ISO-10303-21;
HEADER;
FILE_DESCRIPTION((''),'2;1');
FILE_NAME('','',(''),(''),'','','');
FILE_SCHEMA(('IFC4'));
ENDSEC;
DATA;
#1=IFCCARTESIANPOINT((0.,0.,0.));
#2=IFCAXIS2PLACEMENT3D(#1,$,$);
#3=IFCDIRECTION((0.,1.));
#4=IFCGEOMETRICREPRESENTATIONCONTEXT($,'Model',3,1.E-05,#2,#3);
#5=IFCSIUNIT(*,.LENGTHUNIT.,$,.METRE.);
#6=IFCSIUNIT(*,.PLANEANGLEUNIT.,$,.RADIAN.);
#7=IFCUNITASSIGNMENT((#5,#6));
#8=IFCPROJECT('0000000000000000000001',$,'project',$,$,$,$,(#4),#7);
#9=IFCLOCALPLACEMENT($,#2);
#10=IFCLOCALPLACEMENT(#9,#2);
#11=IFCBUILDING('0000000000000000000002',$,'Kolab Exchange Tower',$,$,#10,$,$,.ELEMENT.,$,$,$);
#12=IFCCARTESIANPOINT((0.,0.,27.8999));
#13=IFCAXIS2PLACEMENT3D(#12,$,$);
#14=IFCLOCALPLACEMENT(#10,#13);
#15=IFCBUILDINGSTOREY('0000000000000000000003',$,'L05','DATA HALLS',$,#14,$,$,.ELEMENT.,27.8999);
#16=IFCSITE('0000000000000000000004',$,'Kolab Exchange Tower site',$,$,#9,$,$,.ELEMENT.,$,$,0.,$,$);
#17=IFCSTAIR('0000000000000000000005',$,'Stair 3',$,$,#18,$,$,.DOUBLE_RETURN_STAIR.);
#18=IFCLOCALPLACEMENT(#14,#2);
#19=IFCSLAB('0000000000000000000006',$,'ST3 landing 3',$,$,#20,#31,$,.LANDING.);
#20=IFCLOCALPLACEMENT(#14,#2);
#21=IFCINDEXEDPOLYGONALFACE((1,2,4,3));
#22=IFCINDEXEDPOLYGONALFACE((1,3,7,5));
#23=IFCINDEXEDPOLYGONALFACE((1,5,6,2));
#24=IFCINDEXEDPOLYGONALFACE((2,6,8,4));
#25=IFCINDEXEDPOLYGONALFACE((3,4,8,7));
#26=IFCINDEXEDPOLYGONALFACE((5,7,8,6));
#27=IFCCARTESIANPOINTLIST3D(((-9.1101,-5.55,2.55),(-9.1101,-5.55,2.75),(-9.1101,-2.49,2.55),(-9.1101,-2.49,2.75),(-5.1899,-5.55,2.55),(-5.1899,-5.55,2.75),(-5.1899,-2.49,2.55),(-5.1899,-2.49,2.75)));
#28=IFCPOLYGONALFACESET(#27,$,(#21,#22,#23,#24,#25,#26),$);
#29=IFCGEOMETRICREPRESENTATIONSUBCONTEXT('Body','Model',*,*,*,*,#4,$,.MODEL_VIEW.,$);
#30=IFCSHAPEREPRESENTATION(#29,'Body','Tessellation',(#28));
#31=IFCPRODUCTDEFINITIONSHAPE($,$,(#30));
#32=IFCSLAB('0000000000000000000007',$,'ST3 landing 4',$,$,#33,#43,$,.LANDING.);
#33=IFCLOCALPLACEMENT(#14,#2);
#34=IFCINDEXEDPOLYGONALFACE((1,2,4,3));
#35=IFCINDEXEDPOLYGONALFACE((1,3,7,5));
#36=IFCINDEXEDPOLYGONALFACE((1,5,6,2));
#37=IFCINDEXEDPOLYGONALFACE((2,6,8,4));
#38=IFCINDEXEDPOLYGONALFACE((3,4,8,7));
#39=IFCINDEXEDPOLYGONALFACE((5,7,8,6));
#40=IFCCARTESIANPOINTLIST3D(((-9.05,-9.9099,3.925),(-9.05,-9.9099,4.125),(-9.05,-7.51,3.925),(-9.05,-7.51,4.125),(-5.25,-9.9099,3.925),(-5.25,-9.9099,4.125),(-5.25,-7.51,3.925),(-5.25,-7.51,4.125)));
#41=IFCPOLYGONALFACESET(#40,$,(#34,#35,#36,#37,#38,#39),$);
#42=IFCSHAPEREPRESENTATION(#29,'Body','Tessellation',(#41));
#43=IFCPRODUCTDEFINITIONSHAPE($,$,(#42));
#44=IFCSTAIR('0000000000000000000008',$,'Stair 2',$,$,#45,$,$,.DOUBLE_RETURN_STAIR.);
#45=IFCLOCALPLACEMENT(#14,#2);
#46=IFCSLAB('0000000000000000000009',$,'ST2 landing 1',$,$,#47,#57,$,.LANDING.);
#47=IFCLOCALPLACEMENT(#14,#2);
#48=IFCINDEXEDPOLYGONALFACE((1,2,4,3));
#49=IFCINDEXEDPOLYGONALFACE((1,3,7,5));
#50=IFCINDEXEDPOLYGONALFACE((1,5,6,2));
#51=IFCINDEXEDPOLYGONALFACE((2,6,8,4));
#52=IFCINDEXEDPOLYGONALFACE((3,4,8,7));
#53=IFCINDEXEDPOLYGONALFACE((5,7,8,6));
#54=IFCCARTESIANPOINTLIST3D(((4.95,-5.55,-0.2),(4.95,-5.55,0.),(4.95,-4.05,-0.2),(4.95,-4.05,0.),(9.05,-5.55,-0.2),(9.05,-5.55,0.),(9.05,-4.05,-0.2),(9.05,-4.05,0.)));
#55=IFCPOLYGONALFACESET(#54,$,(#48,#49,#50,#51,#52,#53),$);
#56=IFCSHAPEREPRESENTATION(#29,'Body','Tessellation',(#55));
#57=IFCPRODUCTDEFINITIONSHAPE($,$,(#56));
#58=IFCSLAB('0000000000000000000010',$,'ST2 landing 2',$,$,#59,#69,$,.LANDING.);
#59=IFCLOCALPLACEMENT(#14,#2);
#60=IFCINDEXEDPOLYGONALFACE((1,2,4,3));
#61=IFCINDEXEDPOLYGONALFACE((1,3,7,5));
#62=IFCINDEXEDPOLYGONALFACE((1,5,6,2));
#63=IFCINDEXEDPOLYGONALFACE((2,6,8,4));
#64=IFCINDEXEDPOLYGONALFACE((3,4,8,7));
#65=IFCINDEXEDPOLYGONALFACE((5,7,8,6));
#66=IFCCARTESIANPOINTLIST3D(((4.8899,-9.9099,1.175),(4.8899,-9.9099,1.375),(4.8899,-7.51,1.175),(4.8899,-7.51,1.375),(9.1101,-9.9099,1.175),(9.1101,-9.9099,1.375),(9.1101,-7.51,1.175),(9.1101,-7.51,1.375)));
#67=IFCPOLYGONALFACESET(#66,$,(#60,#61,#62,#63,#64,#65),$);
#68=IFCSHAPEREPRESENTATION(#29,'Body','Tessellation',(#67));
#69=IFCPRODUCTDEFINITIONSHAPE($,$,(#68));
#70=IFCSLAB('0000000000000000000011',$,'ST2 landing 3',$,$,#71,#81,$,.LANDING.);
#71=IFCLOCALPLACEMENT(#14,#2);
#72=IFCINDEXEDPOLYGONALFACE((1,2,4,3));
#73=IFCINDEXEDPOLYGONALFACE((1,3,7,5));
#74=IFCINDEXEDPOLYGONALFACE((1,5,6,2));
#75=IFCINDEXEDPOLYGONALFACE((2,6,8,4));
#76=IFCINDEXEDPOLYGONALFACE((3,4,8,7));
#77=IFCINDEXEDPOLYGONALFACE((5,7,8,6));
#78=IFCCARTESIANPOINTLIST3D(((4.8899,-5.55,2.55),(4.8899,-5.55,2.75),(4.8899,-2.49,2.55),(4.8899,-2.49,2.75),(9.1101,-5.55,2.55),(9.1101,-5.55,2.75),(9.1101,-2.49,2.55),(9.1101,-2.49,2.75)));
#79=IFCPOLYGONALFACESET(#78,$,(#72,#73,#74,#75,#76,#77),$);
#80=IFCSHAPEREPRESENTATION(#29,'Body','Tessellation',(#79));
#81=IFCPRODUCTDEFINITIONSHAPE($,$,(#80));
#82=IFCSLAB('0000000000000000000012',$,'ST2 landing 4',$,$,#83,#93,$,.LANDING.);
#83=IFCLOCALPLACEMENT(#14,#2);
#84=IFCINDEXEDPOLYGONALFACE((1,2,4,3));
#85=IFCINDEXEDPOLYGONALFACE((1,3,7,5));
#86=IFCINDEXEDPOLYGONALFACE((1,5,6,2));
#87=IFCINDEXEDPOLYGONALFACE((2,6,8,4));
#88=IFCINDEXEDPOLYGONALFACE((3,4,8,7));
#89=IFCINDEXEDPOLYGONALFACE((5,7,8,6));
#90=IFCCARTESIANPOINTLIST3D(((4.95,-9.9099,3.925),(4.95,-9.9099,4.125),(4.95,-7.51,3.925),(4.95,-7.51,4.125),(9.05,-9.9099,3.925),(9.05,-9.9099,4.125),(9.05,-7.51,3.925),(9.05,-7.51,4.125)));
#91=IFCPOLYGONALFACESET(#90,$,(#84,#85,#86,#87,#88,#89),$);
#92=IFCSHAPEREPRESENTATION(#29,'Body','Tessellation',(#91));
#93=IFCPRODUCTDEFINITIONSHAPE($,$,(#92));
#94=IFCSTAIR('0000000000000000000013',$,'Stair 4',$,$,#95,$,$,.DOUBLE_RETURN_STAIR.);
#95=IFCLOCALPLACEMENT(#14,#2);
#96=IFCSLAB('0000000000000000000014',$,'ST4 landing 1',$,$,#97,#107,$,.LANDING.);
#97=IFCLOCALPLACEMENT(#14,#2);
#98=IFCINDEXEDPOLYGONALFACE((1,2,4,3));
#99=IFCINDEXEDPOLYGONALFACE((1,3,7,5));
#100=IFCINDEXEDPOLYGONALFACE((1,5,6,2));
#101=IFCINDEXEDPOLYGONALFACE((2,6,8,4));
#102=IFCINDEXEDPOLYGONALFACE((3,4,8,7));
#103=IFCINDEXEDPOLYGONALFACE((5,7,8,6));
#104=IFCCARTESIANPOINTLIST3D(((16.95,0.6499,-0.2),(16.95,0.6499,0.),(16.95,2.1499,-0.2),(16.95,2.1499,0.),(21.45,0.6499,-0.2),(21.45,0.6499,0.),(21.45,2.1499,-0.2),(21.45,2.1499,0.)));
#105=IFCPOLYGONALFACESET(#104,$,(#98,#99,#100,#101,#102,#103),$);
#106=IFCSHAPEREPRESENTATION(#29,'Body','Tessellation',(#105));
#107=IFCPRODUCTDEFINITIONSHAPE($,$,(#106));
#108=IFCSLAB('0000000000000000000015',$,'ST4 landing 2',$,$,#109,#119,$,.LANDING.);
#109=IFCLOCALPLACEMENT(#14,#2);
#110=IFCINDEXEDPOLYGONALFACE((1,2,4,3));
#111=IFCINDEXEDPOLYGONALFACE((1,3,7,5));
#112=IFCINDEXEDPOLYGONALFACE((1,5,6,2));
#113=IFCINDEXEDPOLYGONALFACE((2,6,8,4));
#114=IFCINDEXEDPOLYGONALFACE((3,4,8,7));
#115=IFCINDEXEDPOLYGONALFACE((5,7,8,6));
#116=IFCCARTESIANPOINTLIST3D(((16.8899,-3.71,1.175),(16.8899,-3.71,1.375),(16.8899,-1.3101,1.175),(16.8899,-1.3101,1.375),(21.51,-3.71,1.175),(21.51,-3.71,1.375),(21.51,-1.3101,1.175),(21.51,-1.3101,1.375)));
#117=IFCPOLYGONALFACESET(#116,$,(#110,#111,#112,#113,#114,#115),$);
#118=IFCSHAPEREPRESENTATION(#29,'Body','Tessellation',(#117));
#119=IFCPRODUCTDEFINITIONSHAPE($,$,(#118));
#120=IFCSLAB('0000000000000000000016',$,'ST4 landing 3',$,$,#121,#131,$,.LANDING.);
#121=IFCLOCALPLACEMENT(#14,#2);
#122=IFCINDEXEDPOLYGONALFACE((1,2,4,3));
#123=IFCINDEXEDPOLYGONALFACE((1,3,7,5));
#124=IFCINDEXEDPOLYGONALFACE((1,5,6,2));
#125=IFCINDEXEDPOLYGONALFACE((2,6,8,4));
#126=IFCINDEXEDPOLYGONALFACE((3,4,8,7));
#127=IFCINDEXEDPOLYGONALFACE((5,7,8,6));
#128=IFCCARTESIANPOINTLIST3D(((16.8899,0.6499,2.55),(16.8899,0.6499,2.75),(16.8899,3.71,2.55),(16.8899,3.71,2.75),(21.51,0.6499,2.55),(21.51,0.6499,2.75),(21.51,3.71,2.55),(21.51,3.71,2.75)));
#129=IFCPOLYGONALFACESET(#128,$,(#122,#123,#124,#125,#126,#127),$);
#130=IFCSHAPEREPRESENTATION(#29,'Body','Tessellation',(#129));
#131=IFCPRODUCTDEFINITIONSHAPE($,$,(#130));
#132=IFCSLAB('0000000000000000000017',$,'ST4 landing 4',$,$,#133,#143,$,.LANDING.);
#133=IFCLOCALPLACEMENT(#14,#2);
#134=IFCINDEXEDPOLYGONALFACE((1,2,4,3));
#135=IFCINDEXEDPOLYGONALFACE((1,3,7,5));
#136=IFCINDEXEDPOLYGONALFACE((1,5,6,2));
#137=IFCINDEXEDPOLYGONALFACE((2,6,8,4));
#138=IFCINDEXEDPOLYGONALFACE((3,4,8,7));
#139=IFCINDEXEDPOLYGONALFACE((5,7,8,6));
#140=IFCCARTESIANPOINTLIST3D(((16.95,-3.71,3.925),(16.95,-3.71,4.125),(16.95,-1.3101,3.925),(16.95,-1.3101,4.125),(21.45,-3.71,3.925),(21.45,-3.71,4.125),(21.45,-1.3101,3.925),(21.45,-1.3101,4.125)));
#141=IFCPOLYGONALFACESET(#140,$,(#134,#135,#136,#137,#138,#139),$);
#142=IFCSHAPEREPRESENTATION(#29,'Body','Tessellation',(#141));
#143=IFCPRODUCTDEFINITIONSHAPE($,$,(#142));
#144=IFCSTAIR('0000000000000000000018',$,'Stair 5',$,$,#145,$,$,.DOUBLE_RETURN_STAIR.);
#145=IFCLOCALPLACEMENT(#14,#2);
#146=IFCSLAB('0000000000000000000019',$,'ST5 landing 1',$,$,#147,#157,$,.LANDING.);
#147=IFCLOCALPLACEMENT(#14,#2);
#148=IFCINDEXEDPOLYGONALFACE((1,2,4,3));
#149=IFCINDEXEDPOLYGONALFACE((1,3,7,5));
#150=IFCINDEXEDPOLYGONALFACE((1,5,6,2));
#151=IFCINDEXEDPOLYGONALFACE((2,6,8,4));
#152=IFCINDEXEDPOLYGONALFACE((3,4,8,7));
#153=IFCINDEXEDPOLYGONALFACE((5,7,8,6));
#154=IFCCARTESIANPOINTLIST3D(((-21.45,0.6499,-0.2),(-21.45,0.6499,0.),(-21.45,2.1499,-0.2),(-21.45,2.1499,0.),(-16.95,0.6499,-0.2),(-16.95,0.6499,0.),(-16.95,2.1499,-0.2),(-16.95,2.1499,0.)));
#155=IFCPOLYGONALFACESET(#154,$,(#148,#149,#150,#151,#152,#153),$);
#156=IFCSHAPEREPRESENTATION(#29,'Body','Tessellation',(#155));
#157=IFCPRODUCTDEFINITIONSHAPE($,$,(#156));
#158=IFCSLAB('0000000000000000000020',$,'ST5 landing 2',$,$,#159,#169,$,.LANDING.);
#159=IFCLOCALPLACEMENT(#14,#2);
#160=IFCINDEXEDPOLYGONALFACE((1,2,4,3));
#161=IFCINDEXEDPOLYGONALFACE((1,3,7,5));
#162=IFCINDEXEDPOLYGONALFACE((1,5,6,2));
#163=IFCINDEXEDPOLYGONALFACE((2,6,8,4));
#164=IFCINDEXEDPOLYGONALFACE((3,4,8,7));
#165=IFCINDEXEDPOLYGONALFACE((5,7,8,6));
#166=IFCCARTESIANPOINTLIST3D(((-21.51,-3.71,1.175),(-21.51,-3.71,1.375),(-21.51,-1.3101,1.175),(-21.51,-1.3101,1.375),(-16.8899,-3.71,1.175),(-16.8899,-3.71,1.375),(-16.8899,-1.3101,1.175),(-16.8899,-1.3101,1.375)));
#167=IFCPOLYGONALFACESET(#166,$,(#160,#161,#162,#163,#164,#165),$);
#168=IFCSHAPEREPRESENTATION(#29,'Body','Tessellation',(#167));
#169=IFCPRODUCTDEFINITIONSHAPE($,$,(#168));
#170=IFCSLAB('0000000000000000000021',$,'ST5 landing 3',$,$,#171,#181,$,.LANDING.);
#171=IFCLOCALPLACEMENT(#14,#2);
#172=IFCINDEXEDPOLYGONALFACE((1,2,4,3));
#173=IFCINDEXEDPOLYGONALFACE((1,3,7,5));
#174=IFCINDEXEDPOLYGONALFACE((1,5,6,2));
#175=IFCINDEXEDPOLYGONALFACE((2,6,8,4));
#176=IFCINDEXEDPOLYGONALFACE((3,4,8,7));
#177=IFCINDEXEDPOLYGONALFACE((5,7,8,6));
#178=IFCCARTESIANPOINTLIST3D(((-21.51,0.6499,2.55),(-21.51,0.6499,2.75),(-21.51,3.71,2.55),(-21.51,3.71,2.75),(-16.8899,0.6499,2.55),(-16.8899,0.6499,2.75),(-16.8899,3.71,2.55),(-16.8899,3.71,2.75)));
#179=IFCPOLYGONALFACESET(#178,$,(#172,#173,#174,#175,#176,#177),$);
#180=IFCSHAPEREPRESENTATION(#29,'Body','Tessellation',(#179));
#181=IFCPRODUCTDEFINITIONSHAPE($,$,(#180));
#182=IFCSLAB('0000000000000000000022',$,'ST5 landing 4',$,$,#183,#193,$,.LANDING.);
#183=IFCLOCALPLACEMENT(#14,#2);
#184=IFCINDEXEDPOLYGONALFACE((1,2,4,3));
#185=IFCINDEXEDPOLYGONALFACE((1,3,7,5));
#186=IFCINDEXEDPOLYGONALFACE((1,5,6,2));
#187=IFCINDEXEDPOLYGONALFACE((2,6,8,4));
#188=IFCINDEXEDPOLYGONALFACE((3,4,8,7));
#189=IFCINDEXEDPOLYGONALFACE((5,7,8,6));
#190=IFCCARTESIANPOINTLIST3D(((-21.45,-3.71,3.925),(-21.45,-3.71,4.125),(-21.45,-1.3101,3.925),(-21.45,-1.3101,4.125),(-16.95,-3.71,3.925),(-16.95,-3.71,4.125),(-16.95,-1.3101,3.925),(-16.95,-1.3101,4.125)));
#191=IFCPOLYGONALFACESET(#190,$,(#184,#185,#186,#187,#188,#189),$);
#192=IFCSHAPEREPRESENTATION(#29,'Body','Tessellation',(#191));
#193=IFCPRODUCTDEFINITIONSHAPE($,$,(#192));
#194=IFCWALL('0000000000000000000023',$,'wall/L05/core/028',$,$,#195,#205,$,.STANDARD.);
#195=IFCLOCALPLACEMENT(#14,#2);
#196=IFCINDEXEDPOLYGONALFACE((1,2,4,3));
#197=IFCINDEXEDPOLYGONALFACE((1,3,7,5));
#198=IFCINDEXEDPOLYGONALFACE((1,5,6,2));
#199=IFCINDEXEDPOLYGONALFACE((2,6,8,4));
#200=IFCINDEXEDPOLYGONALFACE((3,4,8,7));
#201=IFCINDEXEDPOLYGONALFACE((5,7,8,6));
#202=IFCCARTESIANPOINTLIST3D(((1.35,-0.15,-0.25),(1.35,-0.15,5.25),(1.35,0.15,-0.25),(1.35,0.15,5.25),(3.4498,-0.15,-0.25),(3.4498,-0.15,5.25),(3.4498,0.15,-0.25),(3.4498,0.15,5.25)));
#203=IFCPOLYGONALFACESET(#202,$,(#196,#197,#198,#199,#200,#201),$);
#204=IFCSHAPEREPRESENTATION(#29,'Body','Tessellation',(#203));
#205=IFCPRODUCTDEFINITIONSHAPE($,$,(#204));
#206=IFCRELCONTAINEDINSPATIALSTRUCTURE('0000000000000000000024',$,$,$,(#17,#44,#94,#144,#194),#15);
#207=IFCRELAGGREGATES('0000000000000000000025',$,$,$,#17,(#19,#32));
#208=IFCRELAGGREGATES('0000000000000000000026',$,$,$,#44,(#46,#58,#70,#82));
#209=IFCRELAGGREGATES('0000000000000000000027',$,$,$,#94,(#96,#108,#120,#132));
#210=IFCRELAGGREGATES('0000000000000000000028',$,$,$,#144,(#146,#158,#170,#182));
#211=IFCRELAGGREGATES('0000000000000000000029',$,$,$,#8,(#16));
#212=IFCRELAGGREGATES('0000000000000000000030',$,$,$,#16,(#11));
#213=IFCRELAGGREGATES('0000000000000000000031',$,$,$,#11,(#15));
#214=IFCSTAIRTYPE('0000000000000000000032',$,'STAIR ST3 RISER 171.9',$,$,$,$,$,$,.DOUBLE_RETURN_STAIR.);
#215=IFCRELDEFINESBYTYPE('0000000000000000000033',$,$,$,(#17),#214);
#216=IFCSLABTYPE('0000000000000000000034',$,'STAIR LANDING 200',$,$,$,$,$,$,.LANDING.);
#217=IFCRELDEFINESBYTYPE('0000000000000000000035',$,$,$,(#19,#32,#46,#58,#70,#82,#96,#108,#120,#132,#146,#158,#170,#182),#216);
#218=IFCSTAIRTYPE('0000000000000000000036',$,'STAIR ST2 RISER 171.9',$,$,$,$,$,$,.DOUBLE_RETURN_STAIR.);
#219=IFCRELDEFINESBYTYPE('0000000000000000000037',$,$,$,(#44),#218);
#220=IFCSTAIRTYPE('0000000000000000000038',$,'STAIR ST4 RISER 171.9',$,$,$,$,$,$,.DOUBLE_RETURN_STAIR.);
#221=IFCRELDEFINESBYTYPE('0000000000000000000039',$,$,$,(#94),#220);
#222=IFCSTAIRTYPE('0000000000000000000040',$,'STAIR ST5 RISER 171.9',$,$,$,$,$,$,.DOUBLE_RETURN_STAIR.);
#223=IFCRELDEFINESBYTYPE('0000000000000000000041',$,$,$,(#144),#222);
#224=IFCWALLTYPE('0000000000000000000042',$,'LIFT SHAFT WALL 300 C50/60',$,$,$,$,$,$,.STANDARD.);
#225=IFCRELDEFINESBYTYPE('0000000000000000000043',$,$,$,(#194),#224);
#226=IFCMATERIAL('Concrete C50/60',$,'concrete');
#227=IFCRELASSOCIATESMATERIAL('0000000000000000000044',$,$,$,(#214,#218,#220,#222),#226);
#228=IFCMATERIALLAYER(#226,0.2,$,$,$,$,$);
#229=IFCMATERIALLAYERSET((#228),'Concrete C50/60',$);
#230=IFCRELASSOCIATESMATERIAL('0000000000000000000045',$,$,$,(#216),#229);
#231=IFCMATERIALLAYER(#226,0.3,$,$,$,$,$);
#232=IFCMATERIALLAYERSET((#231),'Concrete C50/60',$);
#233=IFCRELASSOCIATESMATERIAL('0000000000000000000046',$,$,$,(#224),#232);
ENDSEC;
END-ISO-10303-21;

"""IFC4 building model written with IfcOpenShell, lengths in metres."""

from ifc_helpers import new_model, si_unit, direction, frame, frame_2d, origin, place, context, subcontext, project, spatial, polyline, rectangle, outline, extrude, material, layer, layer_set, type_object, element, aggregate, save


model = new_model("IFC4")

# Units and contexts
model_context = context("Model", 3, precision=1e-05, world=origin(), true_north=direction((0.0, 1.0)))
body_context = subcontext(model_context, "Body", "Model", "MODEL_VIEW")
ifc_project = project(units=[si_unit("LENGTHUNIT", "METRE"), si_unit("PLANEANGLEUNIT", "RADIAN")], contexts=[model_context])

# Site, building, storey
site_placement = place(None, origin())
site = spatial("IfcSite", under=ifc_project, at=site_placement, Name="Kolab Exchange Tower site", CompositionType="ELEMENT", RefElevation=0.0)
building_placement = place(site_placement, origin())
building = spatial("IfcBuilding", under=site, at=building_placement, Name="Kolab Exchange Tower", CompositionType="ELEMENT")
storey_placement = place(building_placement, frame((0.0, 0.0, 27.8999)))
storey = spatial("IfcBuildingStorey", under=building, at=storey_placement, Name="L05", Description="DATA HALLS", CompositionType="ELEMENT", Elevation=27.8999)

# Stairs, slabs
ifc_material_1 = material(Name="Concrete C50/60", Category="concrete")
stair_type_1 = type_object("IfcStairType", Name="STAIR ST3 RISER 171.9", PredefinedType="DOUBLE_RETURN_STAIR", material=ifc_material_1)
stair_1_placement = place(storey_placement, origin())
stair_1 = element("IfcStair", 1, at=stair_1_placement, inside=storey, type_object=stair_type_1, Name="Stair 3", PredefinedType="DOUBLE_RETURN_STAIR")
ifc_layer_1 = layer(ifc_material_1, 0.2)
ifc_layer_set_1 = layer_set([ifc_layer_1], Name="Concrete C50/60")
slab_type = type_object("IfcSlabType", Name="STAIR LANDING 200", PredefinedType="LANDING", material=ifc_layer_set_1)
slab_1_placement = place(storey_placement, frame((0.0, 0.0, 2.55)))
slab_1 = element("IfcSlab", 2, at=slab_1_placement, type_object=slab_type, Name="ST3 landing 3", PredefinedType="LANDING", context=body_context, shape_type="SweptSolid", body=[
    extrude(outline(polyline([(-9.1101, -5.55), (-5.1899, -5.55), (-5.1899, -2.49), (-9.1101, -2.49), (-9.1101, -5.55)])), origin(), (0.0, 0.0, 1.0), 0.2),
])
slab_2_placement = place(storey_placement, frame((0.0, 0.0, 3.925)))
slab_2 = element("IfcSlab", 3, at=slab_2_placement, type_object=slab_type, Name="ST3 landing 4", PredefinedType="LANDING", context=body_context, shape_type="SweptSolid", body=[
    extrude(outline(polyline([(-9.05, -9.9099), (-5.25, -9.9099), (-5.25, -7.51), (-9.05, -7.51), (-9.05, -9.9099)])), origin(), (0.0, 0.0, 1.0), 0.2),
])
aggregate(stair_1, [slab_1, slab_2])
stair_type_2 = type_object("IfcStairType", Name="STAIR ST2 RISER 171.9", PredefinedType="DOUBLE_RETURN_STAIR", material=ifc_material_1)
stair_2_placement = place(storey_placement, origin())
stair_2 = element("IfcStair", 4, at=stair_2_placement, inside=storey, type_object=stair_type_2, Name="Stair 2", PredefinedType="DOUBLE_RETURN_STAIR")
slab_3_placement = place(storey_placement, frame((0.0, 0.0, -0.2)))
slab_3 = element("IfcSlab", 5, at=slab_3_placement, type_object=slab_type, Name="ST2 landing 1", PredefinedType="LANDING", context=body_context, shape_type="SweptSolid", body=[
    extrude(outline(polyline([(4.95, -5.55), (9.05, -5.55), (9.05, -4.05), (4.95, -4.05), (4.95, -5.55)])), origin(), (0.0, 0.0, 1.0), 0.2),
])
slab_4_placement = place(storey_placement, frame((0.0, 0.0, 1.175)))
slab_4 = element("IfcSlab", 6, at=slab_4_placement, type_object=slab_type, Name="ST2 landing 2", PredefinedType="LANDING", context=body_context, shape_type="SweptSolid", body=[
    extrude(outline(polyline([(4.8899, -9.9099), (9.1101, -9.9099), (9.1101, -7.51), (4.8899, -7.51), (4.8899, -9.9099)])), origin(), (0.0, 0.0, 1.0), 0.2),
])
slab_5_placement = place(storey_placement, frame((0.0, 0.0, 2.55)))
slab_5 = element("IfcSlab", 7, at=slab_5_placement, type_object=slab_type, Name="ST2 landing 3", PredefinedType="LANDING", context=body_context, shape_type="SweptSolid", body=[
    extrude(outline(polyline([(4.8899, -5.55), (9.1101, -5.55), (9.1101, -2.49), (4.8899, -2.49), (4.8899, -5.55)])), origin(), (0.0, 0.0, 1.0), 0.2),
])
slab_6_placement = place(storey_placement, frame((0.0, 0.0, 3.925)))
slab_6 = element("IfcSlab", 8, at=slab_6_placement, type_object=slab_type, Name="ST2 landing 4", PredefinedType="LANDING", context=body_context, shape_type="SweptSolid", body=[
    extrude(outline(polyline([(4.95, -9.9099), (9.05, -9.9099), (9.05, -7.51), (4.95, -7.51), (4.95, -9.9099)])), origin(), (0.0, 0.0, 1.0), 0.2),
])
aggregate(stair_2, [slab_3, slab_4, slab_5, slab_6])
stair_type_3 = type_object("IfcStairType", Name="STAIR ST4 RISER 171.9", PredefinedType="DOUBLE_RETURN_STAIR", material=ifc_material_1)
stair_3_placement = place(storey_placement, origin())
stair_3 = element("IfcStair", 9, at=stair_3_placement, inside=storey, type_object=stair_type_3, Name="Stair 4", PredefinedType="DOUBLE_RETURN_STAIR")
slab_7_placement = place(storey_placement, frame((0.0, 0.0, -0.2)))
slab_7 = element("IfcSlab", 10, at=slab_7_placement, type_object=slab_type, Name="ST4 landing 1", PredefinedType="LANDING", context=body_context, shape_type="SweptSolid", body=[
    extrude(outline(polyline([(16.95, 0.6499), (21.45, 0.6499), (21.45, 2.1499), (16.95, 2.1499), (16.95, 0.6499)])), origin(), (0.0, 0.0, 1.0), 0.2),
])
slab_8_placement = place(storey_placement, frame((0.0, 0.0, 1.175)))
slab_8 = element("IfcSlab", 11, at=slab_8_placement, type_object=slab_type, Name="ST4 landing 2", PredefinedType="LANDING", context=body_context, shape_type="SweptSolid", body=[
    extrude(outline(polyline([(16.8899, -3.71), (21.51, -3.71), (21.51, -1.3101), (16.8899, -1.3101), (16.8899, -3.71)])), origin(), (0.0, 0.0, 1.0), 0.2),
])
slab_9_placement = place(storey_placement, frame((0.0, 0.0, 2.55)))
slab_9 = element("IfcSlab", 12, at=slab_9_placement, type_object=slab_type, Name="ST4 landing 3", PredefinedType="LANDING", context=body_context, shape_type="SweptSolid", body=[
    extrude(outline(polyline([(16.8899, 0.6499), (21.51, 0.6499), (21.51, 3.71), (16.8899, 3.71), (16.8899, 0.6499)])), origin(), (0.0, 0.0, 1.0), 0.2),
])
slab_10_placement = place(storey_placement, frame((0.0, 0.0, 3.925)))
slab_10 = element("IfcSlab", 13, at=slab_10_placement, type_object=slab_type, Name="ST4 landing 4", PredefinedType="LANDING", context=body_context, shape_type="SweptSolid", body=[
    extrude(outline(polyline([(16.95, -3.71), (21.45, -3.71), (21.45, -1.3101), (16.95, -1.3101), (16.95, -3.71)])), origin(), (0.0, 0.0, 1.0), 0.2),
])
aggregate(stair_3, [slab_7, slab_8, slab_9, slab_10])
stair_type_4 = type_object("IfcStairType", Name="STAIR ST5 RISER 171.9", PredefinedType="DOUBLE_RETURN_STAIR", material=ifc_material_1)
stair_4_placement = place(storey_placement, origin())
stair_4 = element("IfcStair", 14, at=stair_4_placement, inside=storey, type_object=stair_type_4, Name="Stair 5", PredefinedType="DOUBLE_RETURN_STAIR")
slab_11_placement = place(storey_placement, frame((0.0, 0.0, -0.2)))
slab_11 = element("IfcSlab", 15, at=slab_11_placement, type_object=slab_type, Name="ST5 landing 1", PredefinedType="LANDING", context=body_context, shape_type="SweptSolid", body=[
    extrude(outline(polyline([(-21.45, 0.6499), (-16.95, 0.6499), (-16.95, 2.1499), (-21.45, 2.1499), (-21.45, 0.6499)])), origin(), (0.0, 0.0, 1.0), 0.2),
])
slab_12_placement = place(storey_placement, frame((0.0, 0.0, 1.175)))
slab_12 = element("IfcSlab", 16, at=slab_12_placement, type_object=slab_type, Name="ST5 landing 2", PredefinedType="LANDING", context=body_context, shape_type="SweptSolid", body=[
    extrude(outline(polyline([(-21.51, -3.71), (-16.8899, -3.71), (-16.8899, -1.3101), (-21.51, -1.3101), (-21.51, -3.71)])), origin(), (0.0, 0.0, 1.0), 0.2),
])
slab_13_placement = place(storey_placement, frame((0.0, 0.0, 2.55)))
slab_13 = element("IfcSlab", 17, at=slab_13_placement, type_object=slab_type, Name="ST5 landing 3", PredefinedType="LANDING", context=body_context, shape_type="SweptSolid", body=[
    extrude(outline(polyline([(-21.51, 0.6499), (-16.8899, 0.6499), (-16.8899, 3.71), (-21.51, 3.71), (-21.51, 0.6499)])), origin(), (0.0, 0.0, 1.0), 0.2),
])
slab_14_placement = place(storey_placement, frame((0.0, 0.0, 3.925)))
slab_14 = element("IfcSlab", 18, at=slab_14_placement, type_object=slab_type, Name="ST5 landing 4", PredefinedType="LANDING", context=body_context, shape_type="SweptSolid", body=[
    extrude(outline(polyline([(-21.45, -3.71), (-16.95, -3.71), (-16.95, -1.3101), (-21.45, -1.3101), (-21.45, -3.71)])), origin(), (0.0, 0.0, 1.0), 0.2),
])
aggregate(stair_4, [slab_11, slab_12, slab_13, slab_14])

# Wall
ifc_layer_2 = layer(ifc_material_1, 0.3)
ifc_layer_set_2 = layer_set([ifc_layer_2], Name="Concrete C50/60")
wall_type_1 = type_object("IfcWallType", Name="LIFT SHAFT WALL 300 C50/60", PredefinedType="STANDARD", material=ifc_layer_set_2)
wall_1_placement = place(storey_placement, frame((1.3501, 0.0, -0.25), z_axis=(0.0, 0.0, 1.0), x_axis=(1.0, 0.0, 0.0)))
element("IfcWall", 19, at=wall_1_placement, inside=storey, type_object=wall_type_1, Name="wall/L05/core/028", PredefinedType="STANDARD", context=body_context, shape_type="SweptSolid", body=[
    extrude(rectangle(XDim=2.0999, YDim=0.3, at=frame_2d((1.0498, 0.0))), origin(), (0.0, 0.0, 1.0), 5.5),
])

save(model, "model.ifc")
